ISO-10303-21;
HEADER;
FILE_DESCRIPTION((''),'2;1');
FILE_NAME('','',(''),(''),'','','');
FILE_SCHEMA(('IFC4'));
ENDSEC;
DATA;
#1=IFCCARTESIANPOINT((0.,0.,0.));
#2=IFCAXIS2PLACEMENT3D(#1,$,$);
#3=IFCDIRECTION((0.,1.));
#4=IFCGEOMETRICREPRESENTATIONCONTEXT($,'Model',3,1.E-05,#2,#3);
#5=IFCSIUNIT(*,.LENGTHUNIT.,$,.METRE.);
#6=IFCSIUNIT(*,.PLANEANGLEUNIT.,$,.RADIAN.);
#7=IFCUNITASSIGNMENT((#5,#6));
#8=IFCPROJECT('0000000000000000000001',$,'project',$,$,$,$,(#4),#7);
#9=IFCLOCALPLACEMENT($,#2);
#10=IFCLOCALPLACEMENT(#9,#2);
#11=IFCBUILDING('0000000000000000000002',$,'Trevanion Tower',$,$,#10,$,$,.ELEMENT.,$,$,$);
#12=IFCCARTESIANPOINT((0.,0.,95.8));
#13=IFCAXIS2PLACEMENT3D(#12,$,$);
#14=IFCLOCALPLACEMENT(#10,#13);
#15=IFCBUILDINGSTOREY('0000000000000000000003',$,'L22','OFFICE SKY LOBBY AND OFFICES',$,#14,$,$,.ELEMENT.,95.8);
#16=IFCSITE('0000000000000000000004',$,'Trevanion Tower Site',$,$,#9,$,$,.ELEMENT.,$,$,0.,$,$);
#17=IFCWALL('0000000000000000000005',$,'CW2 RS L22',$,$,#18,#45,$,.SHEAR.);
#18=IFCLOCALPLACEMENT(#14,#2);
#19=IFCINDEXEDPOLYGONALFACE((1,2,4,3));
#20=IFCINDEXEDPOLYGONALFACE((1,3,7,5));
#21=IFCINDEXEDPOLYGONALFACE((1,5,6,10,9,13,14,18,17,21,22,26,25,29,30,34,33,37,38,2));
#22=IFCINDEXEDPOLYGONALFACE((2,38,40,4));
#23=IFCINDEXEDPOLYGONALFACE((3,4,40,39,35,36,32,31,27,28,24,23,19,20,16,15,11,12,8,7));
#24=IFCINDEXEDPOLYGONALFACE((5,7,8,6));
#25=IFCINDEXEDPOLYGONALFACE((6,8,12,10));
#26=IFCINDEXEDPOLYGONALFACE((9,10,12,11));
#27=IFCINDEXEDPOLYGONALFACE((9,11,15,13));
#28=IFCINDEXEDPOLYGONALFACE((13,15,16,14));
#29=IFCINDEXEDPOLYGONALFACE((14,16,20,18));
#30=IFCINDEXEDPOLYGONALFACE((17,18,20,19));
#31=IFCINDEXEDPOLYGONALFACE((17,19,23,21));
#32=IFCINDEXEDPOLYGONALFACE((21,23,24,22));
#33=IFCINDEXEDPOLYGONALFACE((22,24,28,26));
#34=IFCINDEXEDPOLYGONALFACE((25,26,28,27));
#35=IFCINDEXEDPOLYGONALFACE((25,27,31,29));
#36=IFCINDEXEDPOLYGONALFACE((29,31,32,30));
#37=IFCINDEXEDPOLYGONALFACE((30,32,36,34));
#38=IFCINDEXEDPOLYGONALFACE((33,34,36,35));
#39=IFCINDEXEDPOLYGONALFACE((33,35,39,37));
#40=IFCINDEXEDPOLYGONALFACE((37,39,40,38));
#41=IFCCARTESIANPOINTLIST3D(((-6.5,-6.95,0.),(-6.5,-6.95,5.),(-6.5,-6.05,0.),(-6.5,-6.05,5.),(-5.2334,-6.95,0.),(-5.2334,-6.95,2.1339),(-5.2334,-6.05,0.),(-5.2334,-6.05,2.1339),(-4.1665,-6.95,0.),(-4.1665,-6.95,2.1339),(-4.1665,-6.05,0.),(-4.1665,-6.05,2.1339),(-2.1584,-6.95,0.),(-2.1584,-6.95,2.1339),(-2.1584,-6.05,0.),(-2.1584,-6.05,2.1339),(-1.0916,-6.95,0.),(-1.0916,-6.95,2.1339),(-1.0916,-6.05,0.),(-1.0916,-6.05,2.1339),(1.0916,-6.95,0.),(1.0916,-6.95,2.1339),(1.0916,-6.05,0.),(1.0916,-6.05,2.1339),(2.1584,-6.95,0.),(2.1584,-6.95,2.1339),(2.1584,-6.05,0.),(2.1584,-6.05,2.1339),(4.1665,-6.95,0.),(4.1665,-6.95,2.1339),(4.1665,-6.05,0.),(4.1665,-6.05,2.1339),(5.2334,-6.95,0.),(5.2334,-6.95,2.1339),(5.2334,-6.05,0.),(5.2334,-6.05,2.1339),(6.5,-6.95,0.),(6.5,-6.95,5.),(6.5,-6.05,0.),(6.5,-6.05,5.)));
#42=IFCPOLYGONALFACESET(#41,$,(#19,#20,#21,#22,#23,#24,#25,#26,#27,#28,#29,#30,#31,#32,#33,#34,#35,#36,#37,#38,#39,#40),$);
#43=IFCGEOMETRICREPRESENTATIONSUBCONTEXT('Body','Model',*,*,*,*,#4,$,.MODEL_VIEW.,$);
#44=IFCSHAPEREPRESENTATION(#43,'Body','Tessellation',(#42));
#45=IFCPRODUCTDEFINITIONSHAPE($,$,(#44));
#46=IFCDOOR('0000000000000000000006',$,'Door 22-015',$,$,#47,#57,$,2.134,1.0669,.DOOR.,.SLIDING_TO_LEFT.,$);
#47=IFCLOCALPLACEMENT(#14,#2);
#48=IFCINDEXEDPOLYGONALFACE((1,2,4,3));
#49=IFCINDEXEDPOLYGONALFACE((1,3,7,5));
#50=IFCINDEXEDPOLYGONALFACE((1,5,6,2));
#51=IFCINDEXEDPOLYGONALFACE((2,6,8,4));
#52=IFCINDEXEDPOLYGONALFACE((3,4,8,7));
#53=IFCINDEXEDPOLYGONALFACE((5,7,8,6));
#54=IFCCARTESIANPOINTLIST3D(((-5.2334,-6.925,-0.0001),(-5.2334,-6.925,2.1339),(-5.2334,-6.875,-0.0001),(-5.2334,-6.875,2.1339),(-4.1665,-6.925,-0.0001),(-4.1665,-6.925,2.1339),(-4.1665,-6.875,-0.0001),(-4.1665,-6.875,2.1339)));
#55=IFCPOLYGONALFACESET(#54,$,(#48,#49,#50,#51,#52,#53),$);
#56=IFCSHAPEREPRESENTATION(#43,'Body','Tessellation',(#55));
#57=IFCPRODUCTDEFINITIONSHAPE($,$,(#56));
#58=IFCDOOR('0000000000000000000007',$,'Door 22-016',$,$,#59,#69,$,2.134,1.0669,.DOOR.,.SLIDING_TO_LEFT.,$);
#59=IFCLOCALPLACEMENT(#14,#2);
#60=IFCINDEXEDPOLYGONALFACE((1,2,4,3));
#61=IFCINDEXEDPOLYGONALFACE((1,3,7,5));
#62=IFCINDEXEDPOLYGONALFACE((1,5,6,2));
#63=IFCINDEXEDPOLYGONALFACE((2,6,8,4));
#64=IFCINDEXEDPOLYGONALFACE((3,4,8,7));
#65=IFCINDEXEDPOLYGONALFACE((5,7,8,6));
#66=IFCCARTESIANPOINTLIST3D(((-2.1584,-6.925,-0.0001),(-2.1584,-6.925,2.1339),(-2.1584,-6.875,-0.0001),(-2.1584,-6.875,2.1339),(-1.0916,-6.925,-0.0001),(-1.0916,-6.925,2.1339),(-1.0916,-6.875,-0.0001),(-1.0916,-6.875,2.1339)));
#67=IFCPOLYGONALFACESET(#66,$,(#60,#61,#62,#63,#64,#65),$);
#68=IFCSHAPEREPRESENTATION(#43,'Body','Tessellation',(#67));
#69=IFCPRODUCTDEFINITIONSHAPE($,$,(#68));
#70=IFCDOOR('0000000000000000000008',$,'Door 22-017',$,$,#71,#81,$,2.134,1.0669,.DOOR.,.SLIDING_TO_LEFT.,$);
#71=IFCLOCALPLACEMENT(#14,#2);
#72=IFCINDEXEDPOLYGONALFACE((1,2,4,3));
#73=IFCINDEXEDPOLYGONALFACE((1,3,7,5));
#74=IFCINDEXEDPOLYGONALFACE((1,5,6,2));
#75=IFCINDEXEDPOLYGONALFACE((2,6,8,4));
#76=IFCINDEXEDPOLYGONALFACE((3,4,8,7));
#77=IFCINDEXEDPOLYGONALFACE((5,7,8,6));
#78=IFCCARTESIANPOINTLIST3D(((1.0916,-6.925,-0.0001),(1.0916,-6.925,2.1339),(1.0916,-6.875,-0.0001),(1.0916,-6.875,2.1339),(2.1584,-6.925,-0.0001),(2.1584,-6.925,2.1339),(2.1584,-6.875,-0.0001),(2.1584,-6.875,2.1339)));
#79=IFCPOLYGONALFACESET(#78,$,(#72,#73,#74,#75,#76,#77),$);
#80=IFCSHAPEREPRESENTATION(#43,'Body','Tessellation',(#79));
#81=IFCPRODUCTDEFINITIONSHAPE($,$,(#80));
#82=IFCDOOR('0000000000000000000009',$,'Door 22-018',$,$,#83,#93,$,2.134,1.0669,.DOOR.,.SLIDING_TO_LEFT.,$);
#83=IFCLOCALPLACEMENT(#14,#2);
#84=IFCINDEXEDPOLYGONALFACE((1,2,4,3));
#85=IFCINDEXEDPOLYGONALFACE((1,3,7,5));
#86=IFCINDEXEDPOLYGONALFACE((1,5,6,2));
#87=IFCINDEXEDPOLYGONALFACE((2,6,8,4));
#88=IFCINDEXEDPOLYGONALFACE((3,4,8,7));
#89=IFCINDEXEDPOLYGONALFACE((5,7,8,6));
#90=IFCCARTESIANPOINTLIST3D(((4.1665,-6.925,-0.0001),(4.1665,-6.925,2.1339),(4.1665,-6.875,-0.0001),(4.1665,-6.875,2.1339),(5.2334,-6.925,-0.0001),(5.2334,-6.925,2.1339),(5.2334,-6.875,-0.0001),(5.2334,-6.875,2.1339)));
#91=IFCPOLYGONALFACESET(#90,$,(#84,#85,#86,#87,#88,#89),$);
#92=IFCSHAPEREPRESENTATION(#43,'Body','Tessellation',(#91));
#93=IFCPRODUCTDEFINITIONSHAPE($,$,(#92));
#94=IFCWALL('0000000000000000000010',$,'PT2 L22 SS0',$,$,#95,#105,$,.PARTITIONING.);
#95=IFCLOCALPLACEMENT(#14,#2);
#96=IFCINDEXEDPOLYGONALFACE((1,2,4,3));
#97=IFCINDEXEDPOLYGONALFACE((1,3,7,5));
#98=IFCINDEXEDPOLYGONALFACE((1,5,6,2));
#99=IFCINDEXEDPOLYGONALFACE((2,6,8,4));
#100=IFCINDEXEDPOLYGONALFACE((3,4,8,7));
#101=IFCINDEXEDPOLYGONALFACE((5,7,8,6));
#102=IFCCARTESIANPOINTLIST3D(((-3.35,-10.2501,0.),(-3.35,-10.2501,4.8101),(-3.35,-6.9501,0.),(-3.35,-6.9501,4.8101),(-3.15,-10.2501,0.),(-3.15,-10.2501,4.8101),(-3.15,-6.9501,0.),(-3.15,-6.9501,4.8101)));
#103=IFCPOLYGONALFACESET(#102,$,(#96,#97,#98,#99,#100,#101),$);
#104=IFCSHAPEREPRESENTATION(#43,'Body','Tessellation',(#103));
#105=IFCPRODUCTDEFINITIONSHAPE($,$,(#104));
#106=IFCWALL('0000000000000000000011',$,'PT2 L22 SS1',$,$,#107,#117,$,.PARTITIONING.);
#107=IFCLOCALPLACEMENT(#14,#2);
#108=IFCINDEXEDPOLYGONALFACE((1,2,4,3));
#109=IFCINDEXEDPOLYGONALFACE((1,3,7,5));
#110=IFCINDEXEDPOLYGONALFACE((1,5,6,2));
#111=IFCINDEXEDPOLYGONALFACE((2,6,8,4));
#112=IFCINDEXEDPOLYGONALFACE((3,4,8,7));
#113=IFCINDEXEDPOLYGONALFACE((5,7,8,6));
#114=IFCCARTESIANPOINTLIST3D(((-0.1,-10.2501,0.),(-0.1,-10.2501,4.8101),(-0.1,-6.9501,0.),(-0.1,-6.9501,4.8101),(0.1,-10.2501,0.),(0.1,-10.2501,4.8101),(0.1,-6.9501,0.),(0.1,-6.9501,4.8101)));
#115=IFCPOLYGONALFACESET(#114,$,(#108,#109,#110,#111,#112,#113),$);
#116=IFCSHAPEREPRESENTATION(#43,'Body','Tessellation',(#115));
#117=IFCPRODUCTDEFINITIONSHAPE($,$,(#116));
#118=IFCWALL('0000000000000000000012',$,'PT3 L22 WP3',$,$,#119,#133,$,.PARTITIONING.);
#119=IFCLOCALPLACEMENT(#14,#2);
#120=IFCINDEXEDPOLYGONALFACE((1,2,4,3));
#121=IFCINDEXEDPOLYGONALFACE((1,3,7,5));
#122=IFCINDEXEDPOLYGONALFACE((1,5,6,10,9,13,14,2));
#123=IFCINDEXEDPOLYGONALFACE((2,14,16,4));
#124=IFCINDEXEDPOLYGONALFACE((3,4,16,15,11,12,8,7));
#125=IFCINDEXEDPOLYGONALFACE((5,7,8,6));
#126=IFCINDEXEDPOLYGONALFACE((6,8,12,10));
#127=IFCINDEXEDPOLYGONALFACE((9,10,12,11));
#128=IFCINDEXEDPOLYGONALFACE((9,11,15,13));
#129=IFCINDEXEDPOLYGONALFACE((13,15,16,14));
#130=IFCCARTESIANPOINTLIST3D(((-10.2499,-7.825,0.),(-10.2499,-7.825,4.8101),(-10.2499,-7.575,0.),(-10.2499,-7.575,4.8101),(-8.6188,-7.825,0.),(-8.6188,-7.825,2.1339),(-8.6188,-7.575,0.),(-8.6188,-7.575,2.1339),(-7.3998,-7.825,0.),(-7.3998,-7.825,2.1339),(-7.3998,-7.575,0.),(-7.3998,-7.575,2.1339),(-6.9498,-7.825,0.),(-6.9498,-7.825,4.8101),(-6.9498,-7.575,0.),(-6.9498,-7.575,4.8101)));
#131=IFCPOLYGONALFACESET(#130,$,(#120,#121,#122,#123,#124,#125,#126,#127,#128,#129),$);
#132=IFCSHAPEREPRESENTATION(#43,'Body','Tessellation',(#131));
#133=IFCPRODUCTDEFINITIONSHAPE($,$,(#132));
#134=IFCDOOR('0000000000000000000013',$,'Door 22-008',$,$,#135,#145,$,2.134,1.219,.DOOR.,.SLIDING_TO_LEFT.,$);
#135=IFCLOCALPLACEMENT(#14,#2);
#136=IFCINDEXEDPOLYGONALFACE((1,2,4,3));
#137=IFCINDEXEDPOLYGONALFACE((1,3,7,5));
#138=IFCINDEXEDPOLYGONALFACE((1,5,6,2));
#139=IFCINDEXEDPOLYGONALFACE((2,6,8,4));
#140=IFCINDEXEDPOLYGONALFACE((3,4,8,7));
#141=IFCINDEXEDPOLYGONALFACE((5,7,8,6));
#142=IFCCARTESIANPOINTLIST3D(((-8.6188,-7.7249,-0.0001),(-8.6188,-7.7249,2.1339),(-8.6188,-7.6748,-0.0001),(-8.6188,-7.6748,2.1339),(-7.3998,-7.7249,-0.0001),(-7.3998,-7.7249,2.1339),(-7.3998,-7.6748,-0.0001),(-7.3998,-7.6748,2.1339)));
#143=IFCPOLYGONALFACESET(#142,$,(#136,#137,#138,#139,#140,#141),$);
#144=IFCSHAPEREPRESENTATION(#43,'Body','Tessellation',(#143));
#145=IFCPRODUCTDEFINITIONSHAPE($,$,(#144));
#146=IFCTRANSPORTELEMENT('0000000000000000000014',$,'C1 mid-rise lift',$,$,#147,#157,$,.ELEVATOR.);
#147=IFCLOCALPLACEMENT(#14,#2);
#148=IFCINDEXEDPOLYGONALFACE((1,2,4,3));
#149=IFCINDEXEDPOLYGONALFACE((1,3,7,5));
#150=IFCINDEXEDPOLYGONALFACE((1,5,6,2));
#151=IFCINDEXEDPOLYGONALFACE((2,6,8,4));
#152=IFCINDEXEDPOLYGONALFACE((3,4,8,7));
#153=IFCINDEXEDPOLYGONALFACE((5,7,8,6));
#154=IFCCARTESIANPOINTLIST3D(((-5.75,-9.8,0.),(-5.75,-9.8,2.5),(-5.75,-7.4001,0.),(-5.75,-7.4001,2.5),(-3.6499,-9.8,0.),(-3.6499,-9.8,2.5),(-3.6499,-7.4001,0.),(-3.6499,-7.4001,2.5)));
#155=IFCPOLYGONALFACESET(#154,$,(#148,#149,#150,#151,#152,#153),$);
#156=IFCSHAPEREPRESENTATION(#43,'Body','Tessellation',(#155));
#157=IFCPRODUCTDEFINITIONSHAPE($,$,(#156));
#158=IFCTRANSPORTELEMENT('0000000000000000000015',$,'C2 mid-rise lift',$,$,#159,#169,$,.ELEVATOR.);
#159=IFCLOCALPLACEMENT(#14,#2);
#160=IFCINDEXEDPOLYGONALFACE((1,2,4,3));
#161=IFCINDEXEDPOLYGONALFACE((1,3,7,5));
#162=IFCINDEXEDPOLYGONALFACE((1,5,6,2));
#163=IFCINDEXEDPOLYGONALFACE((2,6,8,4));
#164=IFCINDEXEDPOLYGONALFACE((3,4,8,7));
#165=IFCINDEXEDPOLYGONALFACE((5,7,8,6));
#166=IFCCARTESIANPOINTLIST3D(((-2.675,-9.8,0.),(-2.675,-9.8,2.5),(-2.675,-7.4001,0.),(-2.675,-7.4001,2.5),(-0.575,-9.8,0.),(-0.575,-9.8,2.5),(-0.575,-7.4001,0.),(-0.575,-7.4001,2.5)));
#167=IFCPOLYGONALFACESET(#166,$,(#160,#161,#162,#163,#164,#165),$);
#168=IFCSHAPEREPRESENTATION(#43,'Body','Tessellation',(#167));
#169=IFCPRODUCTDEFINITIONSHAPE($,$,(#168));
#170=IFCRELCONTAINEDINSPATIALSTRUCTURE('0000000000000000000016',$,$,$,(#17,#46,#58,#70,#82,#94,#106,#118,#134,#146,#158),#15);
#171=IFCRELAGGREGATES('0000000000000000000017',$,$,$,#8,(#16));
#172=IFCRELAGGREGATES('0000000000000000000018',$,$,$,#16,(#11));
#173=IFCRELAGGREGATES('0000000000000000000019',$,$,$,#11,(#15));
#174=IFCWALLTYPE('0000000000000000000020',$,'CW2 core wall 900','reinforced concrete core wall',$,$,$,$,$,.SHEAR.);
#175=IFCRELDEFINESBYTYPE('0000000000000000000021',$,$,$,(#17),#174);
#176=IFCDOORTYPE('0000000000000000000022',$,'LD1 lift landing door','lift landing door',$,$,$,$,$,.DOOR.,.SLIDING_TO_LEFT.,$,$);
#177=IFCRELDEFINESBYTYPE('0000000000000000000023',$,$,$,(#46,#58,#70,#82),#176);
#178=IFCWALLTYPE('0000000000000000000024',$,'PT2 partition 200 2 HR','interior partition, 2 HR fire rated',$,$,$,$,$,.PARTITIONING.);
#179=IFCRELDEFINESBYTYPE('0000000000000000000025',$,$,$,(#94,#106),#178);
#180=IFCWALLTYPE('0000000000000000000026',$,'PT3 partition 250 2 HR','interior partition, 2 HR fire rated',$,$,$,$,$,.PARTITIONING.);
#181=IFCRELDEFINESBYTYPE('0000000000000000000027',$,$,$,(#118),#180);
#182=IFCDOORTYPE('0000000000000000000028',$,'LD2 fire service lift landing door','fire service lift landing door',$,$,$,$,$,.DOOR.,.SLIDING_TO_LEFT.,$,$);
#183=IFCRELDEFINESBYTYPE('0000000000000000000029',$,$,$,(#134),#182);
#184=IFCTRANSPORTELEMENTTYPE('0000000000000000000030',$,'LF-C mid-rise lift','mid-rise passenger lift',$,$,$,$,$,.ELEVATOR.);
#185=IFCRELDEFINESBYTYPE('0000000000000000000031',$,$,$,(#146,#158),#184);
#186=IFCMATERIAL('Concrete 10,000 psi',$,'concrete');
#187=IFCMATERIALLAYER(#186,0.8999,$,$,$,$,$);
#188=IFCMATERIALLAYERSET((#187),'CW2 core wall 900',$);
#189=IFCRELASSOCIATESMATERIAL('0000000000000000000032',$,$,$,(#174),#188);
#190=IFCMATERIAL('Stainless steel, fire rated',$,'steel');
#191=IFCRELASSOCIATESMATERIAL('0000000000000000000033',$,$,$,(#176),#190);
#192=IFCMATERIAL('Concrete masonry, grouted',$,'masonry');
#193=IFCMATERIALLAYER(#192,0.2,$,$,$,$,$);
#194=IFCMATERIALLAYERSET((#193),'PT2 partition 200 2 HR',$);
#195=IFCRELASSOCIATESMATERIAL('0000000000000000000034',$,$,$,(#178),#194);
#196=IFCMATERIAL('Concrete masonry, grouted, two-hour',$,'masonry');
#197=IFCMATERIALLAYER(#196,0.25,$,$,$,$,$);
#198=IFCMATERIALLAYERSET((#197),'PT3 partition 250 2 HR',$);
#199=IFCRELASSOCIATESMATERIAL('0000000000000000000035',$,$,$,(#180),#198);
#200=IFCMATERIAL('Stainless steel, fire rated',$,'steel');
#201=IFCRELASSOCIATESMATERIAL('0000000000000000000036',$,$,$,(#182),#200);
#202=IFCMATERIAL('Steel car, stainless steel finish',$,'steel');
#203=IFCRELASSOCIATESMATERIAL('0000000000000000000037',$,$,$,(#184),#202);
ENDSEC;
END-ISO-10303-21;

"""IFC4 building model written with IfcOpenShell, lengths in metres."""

from ifc_helpers import new_model, si_unit, direction, frame, frame_2d, origin, origin_2d, place, context, subcontext, project, spatial, rectangle, extrude, material, layer, layer_set, type_object, element, fill, save


model = new_model("IFC4")

# Units and contexts
model_context = context("Model", 3, precision=1e-05, world=origin(), true_north=direction((0.0, 1.0)))
body_context = subcontext(model_context, "Body", "Model", "MODEL_VIEW")
ifc_project = project(units=[si_unit("LENGTHUNIT", "METRE"), si_unit("PLANEANGLEUNIT", "RADIAN")], contexts=[model_context])

# Site, building, storey
site_placement = place(None, origin())
site = spatial("IfcSite", under=ifc_project, at=site_placement, Name="Trevanion Tower Site", CompositionType="ELEMENT", RefElevation=0.0)
building_placement = place(site_placement, origin())
building = spatial("IfcBuilding", under=site, at=building_placement, Name="Trevanion Tower", CompositionType="ELEMENT")
storey_placement = place(building_placement, frame((0.0, 0.0, 95.8)))
storey = spatial("IfcBuildingStorey", under=building, at=storey_placement, Name="L22", Description="OFFICE SKY LOBBY AND OFFICES", CompositionType="ELEMENT", Elevation=95.8)

# Shared definitions
ifc_material_1 = material(Name="Concrete 10,000 psi", Category="concrete")
ifc_layer_1 = layer(ifc_material_1, 0.8999)
ifc_layer_set_1 = layer_set([ifc_layer_1], Name="CW2 core wall 900")
wall_type_1 = type_object("IfcWallType", Name="CW2 core wall 900", Description="reinforced concrete core wall", PredefinedType="SHEAR", material=ifc_layer_set_1)

# Wall, openings, doors
wall_1_placement = place(storey_placement, frame((-6.5, -6.5, 0.0), z_axis=(0.0, 0.0, 1.0), x_axis=(1.0, 0.0, 0.0)))
wall_1 = element("IfcWall", 1, at=wall_1_placement, inside=storey, type_object=wall_type_1, Name="CW2 RS L22", PredefinedType="SHEAR", context=body_context, shape_type="SweptSolid", body=[
    extrude(rectangle(XDim=13.0, YDim=0.8999, at=frame_2d((6.5, 0.0))), origin(), (0.0, 0.0, 1.0), 5.0),
])
opening_1_placement = place(wall_1_placement, frame((1.2666, 0.0, 0.0)))
opening_1 = element("IfcOpeningElement", 2, at=opening_1_placement, cuts=wall_1, PredefinedType="OPENING", context=body_context, shape_type="SweptSolid", body=[
    extrude(rectangle(XDim=1.0669, YDim=2.134, at=frame_2d((0.5334, 1.0669))), frame((0.0, 0.46, 0.0), z_axis=(0.0, -1.0, 0.0), x_axis=(1.0, 0.0, 0.0)), (0.0, 0.0, 1.0), 0.9199),
])
opening_2_placement = place(wall_1_placement, frame((4.3416, 0.0, 0.0)))
opening_2 = element("IfcOpeningElement", 3, at=opening_2_placement, cuts=wall_1, PredefinedType="OPENING", context=body_context, shape_type="SweptSolid", body=[
    extrude(rectangle(XDim=1.0669, YDim=2.134, at=frame_2d((0.5334, 1.0669))), frame((0.0, 0.46, 0.0), z_axis=(0.0, -1.0, 0.0), x_axis=(1.0, 0.0, 0.0)), (0.0, 0.0, 1.0), 0.9199),
])
opening_3_placement = place(wall_1_placement, frame((7.5916, 0.0, 0.0)))
opening_3 = element("IfcOpeningElement", 4, at=opening_3_placement, cuts=wall_1, PredefinedType="OPENING", context=body_context, shape_type="SweptSolid", body=[
    extrude(rectangle(XDim=1.0669, YDim=2.134, at=frame_2d((0.5334, 1.0669))), frame((0.0, 0.46, 0.0), z_axis=(0.0, -1.0, 0.0), x_axis=(1.0, 0.0, 0.0)), (0.0, 0.0, 1.0), 0.9199),
])
opening_4_placement = place(wall_1_placement, frame((10.6665, 0.0, 0.0)))
opening_4 = element("IfcOpeningElement", 5, at=opening_4_placement, cuts=wall_1, PredefinedType="OPENING", context=body_context, shape_type="SweptSolid", body=[
    extrude(rectangle(XDim=1.0669, YDim=2.134, at=frame_2d((0.5334, 1.0669))), frame((0.0, 0.46, 0.0), z_axis=(0.0, -1.0, 0.0), x_axis=(1.0, 0.0, 0.0)), (0.0, 0.0, 1.0), 0.9199),
])
ifc_material_2 = material(Name="Stainless steel, fire rated", Category="steel")
door_type_1 = type_object("IfcDoorType", Name="LD1 lift landing door", Description="lift landing door", OperationType="SLIDING_TO_LEFT", PredefinedType="DOOR", material=ifc_material_2)
door_1_placement = place(opening_1_placement, origin())
door_1 = element("IfcDoor", 6, at=door_1_placement, inside=storey, type_object=door_type_1, Name="Door 22-015", OperationType="SLIDING_TO_LEFT", OverallHeight=2.134, OverallWidth=1.0669, PredefinedType="DOOR", context=body_context, shape_type="SweptSolid", body=[
    extrude(rectangle(XDim=1.0669, YDim=2.134, at=frame_2d((0.5334, 1.0669))), frame((0.0, -0.375, 0.0), z_axis=(0.0, -1.0, 0.0), x_axis=(1.0, 0.0, 0.0)), (0.0, 0.0, 1.0), 0.05),
])
fill(opening_1, door_1)
door_2_placement = place(opening_2_placement, origin())
door_2 = element("IfcDoor", 7, at=door_2_placement, inside=storey, type_object=door_type_1, Name="Door 22-016", OperationType="SLIDING_TO_LEFT", OverallHeight=2.134, OverallWidth=1.0669, PredefinedType="DOOR", context=body_context, shape_type="SweptSolid", body=[
    extrude(rectangle(XDim=1.0669, YDim=2.134, at=frame_2d((0.5334, 1.0669))), frame((0.0, -0.375, 0.0), z_axis=(0.0, -1.0, 0.0), x_axis=(1.0, 0.0, 0.0)), (0.0, 0.0, 1.0), 0.05),
])
fill(opening_2, door_2)
door_3_placement = place(opening_3_placement, origin())
door_3 = element("IfcDoor", 8, at=door_3_placement, inside=storey, type_object=door_type_1, Name="Door 22-017", OperationType="SLIDING_TO_LEFT", OverallHeight=2.134, OverallWidth=1.0669, PredefinedType="DOOR", context=body_context, shape_type="SweptSolid", body=[
    extrude(rectangle(XDim=1.0669, YDim=2.134, at=frame_2d((0.5334, 1.0669))), frame((0.0, -0.375, 0.0), z_axis=(0.0, -1.0, 0.0), x_axis=(1.0, 0.0, 0.0)), (0.0, 0.0, 1.0), 0.05),
])
fill(opening_3, door_3)
door_4_placement = place(opening_4_placement, origin())
door_4 = element("IfcDoor", 9, at=door_4_placement, inside=storey, type_object=door_type_1, Name="Door 22-018", OperationType="SLIDING_TO_LEFT", OverallHeight=2.134, OverallWidth=1.0669, PredefinedType="DOOR", context=body_context, shape_type="SweptSolid", body=[
    extrude(rectangle(XDim=1.0669, YDim=2.134, at=frame_2d((0.5334, 1.0669))), frame((0.0, -0.375, 0.0), z_axis=(0.0, -1.0, 0.0), x_axis=(1.0, 0.0, 0.0)), (0.0, 0.0, 1.0), 0.05),
])
fill(opening_4, door_4)

# Walls
ifc_material_3 = material(Name="Concrete masonry, grouted", Category="masonry")
ifc_layer_2 = layer(ifc_material_3, 0.2)
ifc_layer_set_2 = layer_set([ifc_layer_2], Name="PT2 partition 200 2 HR")
wall_type_2 = type_object("IfcWallType", Name="PT2 partition 200 2 HR", Description="interior partition, 2 HR fire rated", PredefinedType="PARTITIONING", material=ifc_layer_set_2)
for number, where, z_axis, x_axis, name in (
    (10, (-3.25, -10.25, 0.0), (0.0, 0.0, 1.0), (0.0, 1.0, 0.0), "PT2 L22 SS0"),
    (11, (0.0, -10.25, 0.0), (0.0, 0.0, 1.0), (0.0, 1.0, 0.0), "PT2 L22 SS1"),
):
    element("IfcWall", number, at=place(storey_placement, frame(where, z_axis=z_axis, x_axis=x_axis)), inside=storey, type_object=wall_type_2, Name=name, PredefinedType="PARTITIONING", context=body_context, shape_type="SweptSolid", body=[
        extrude(rectangle(XDim=3.3, YDim=0.2, at=frame_2d((1.6499, 0.0))), origin(), (0.0, 0.0, 1.0), 4.8101),
    ])

# Wall, opening, door
ifc_material_4 = material(Name="Concrete masonry, grouted, two-hour", Category="masonry")
ifc_layer_3 = layer(ifc_material_4, 0.25)
ifc_layer_set_3 = layer_set([ifc_layer_3], Name="PT3 partition 250 2 HR")
wall_type_3 = type_object("IfcWallType", Name="PT3 partition 250 2 HR", Description="interior partition, 2 HR fire rated", PredefinedType="PARTITIONING", material=ifc_layer_set_3)
wall_2_placement = place(storey_placement, frame((-6.95, -7.7, 0.0), z_axis=(0.0, 0.0, 1.0), x_axis=(-1.0, 0.0, 0.0)))
wall_2 = element("IfcWall", 12, at=wall_2_placement, inside=storey, type_object=wall_type_3, Name="PT3 L22 WP3", PredefinedType="PARTITIONING", context=body_context, shape_type="SweptSolid", body=[
    extrude(rectangle(XDim=3.3, YDim=0.25, at=frame_2d((1.6499, 0.0))), origin(), (0.0, 0.0, 1.0), 4.8101),
])
opening_5_placement = place(wall_2_placement, frame((0.45, 0.0, 0.0)))
opening_5 = element("IfcOpeningElement", 13, at=opening_5_placement, cuts=wall_2, PredefinedType="OPENING", context=body_context, shape_type="SweptSolid", body=[
    extrude(rectangle(XDim=1.219, YDim=2.134, at=frame_2d((0.6094, 1.0669))), frame((0.0, 0.135, 0.0), z_axis=(0.0, -1.0, 0.0), x_axis=(1.0, 0.0, 0.0)), (0.0, 0.0, 1.0), 0.27),
])
ifc_material_5 = material(Name="Stainless steel, fire rated", Category="steel")
door_type_2 = type_object("IfcDoorType", Name="LD2 fire service lift landing door", Description="fire service lift landing door", OperationType="SLIDING_TO_LEFT", PredefinedType="DOOR", material=ifc_material_5)
door_5_placement = place(opening_5_placement, origin())
door_5 = element("IfcDoor", 14, at=door_5_placement, inside=storey, type_object=door_type_2, Name="Door 22-008", OperationType="SLIDING_TO_LEFT", OverallHeight=2.134, OverallWidth=1.219, PredefinedType="DOOR", context=body_context, shape_type="SweptSolid", body=[
    extrude(rectangle(XDim=1.219, YDim=2.134, at=frame_2d((0.6094, 1.0669))), frame((0.0, 0.0249, 0.0), z_axis=(0.0, -1.0, 0.0), x_axis=(1.0, 0.0, 0.0)), (0.0, 0.0, 1.0), 0.05),
])
fill(opening_5, door_5)

# Transport elements
ifc_material_6 = material(Name="Steel car, stainless steel finish", Category="steel")
transport_element_type = type_object("IfcTransportElementType", Name="LF-C mid-rise lift", Description="mid-rise passenger lift", PredefinedType="ELEVATOR", material=ifc_material_6)
for number, where, z_axis, x_axis, name in (
    (15, (-4.7, -8.6001, 0.0), (0.0, 0.0, 1.0), (1.0, 0.0, 0.0), "C1 mid-rise lift"),
    (16, (-1.625, -8.6001, 0.0), (0.0, 0.0, 1.0), (1.0, 0.0, 0.0), "C2 mid-rise lift"),
):
    element("IfcTransportElement", number, at=place(storey_placement, frame(where, z_axis=z_axis, x_axis=x_axis)), inside=storey, type_object=transport_element_type, Name=name, PredefinedType="ELEVATOR", context=body_context, shape_type="SweptSolid", body=[
        extrude(rectangle(XDim=2.1001, YDim=2.3999, at=origin_2d()), origin(), (0.0, 0.0, 1.0), 2.5),
    ])

save(model, "model.ifc")
